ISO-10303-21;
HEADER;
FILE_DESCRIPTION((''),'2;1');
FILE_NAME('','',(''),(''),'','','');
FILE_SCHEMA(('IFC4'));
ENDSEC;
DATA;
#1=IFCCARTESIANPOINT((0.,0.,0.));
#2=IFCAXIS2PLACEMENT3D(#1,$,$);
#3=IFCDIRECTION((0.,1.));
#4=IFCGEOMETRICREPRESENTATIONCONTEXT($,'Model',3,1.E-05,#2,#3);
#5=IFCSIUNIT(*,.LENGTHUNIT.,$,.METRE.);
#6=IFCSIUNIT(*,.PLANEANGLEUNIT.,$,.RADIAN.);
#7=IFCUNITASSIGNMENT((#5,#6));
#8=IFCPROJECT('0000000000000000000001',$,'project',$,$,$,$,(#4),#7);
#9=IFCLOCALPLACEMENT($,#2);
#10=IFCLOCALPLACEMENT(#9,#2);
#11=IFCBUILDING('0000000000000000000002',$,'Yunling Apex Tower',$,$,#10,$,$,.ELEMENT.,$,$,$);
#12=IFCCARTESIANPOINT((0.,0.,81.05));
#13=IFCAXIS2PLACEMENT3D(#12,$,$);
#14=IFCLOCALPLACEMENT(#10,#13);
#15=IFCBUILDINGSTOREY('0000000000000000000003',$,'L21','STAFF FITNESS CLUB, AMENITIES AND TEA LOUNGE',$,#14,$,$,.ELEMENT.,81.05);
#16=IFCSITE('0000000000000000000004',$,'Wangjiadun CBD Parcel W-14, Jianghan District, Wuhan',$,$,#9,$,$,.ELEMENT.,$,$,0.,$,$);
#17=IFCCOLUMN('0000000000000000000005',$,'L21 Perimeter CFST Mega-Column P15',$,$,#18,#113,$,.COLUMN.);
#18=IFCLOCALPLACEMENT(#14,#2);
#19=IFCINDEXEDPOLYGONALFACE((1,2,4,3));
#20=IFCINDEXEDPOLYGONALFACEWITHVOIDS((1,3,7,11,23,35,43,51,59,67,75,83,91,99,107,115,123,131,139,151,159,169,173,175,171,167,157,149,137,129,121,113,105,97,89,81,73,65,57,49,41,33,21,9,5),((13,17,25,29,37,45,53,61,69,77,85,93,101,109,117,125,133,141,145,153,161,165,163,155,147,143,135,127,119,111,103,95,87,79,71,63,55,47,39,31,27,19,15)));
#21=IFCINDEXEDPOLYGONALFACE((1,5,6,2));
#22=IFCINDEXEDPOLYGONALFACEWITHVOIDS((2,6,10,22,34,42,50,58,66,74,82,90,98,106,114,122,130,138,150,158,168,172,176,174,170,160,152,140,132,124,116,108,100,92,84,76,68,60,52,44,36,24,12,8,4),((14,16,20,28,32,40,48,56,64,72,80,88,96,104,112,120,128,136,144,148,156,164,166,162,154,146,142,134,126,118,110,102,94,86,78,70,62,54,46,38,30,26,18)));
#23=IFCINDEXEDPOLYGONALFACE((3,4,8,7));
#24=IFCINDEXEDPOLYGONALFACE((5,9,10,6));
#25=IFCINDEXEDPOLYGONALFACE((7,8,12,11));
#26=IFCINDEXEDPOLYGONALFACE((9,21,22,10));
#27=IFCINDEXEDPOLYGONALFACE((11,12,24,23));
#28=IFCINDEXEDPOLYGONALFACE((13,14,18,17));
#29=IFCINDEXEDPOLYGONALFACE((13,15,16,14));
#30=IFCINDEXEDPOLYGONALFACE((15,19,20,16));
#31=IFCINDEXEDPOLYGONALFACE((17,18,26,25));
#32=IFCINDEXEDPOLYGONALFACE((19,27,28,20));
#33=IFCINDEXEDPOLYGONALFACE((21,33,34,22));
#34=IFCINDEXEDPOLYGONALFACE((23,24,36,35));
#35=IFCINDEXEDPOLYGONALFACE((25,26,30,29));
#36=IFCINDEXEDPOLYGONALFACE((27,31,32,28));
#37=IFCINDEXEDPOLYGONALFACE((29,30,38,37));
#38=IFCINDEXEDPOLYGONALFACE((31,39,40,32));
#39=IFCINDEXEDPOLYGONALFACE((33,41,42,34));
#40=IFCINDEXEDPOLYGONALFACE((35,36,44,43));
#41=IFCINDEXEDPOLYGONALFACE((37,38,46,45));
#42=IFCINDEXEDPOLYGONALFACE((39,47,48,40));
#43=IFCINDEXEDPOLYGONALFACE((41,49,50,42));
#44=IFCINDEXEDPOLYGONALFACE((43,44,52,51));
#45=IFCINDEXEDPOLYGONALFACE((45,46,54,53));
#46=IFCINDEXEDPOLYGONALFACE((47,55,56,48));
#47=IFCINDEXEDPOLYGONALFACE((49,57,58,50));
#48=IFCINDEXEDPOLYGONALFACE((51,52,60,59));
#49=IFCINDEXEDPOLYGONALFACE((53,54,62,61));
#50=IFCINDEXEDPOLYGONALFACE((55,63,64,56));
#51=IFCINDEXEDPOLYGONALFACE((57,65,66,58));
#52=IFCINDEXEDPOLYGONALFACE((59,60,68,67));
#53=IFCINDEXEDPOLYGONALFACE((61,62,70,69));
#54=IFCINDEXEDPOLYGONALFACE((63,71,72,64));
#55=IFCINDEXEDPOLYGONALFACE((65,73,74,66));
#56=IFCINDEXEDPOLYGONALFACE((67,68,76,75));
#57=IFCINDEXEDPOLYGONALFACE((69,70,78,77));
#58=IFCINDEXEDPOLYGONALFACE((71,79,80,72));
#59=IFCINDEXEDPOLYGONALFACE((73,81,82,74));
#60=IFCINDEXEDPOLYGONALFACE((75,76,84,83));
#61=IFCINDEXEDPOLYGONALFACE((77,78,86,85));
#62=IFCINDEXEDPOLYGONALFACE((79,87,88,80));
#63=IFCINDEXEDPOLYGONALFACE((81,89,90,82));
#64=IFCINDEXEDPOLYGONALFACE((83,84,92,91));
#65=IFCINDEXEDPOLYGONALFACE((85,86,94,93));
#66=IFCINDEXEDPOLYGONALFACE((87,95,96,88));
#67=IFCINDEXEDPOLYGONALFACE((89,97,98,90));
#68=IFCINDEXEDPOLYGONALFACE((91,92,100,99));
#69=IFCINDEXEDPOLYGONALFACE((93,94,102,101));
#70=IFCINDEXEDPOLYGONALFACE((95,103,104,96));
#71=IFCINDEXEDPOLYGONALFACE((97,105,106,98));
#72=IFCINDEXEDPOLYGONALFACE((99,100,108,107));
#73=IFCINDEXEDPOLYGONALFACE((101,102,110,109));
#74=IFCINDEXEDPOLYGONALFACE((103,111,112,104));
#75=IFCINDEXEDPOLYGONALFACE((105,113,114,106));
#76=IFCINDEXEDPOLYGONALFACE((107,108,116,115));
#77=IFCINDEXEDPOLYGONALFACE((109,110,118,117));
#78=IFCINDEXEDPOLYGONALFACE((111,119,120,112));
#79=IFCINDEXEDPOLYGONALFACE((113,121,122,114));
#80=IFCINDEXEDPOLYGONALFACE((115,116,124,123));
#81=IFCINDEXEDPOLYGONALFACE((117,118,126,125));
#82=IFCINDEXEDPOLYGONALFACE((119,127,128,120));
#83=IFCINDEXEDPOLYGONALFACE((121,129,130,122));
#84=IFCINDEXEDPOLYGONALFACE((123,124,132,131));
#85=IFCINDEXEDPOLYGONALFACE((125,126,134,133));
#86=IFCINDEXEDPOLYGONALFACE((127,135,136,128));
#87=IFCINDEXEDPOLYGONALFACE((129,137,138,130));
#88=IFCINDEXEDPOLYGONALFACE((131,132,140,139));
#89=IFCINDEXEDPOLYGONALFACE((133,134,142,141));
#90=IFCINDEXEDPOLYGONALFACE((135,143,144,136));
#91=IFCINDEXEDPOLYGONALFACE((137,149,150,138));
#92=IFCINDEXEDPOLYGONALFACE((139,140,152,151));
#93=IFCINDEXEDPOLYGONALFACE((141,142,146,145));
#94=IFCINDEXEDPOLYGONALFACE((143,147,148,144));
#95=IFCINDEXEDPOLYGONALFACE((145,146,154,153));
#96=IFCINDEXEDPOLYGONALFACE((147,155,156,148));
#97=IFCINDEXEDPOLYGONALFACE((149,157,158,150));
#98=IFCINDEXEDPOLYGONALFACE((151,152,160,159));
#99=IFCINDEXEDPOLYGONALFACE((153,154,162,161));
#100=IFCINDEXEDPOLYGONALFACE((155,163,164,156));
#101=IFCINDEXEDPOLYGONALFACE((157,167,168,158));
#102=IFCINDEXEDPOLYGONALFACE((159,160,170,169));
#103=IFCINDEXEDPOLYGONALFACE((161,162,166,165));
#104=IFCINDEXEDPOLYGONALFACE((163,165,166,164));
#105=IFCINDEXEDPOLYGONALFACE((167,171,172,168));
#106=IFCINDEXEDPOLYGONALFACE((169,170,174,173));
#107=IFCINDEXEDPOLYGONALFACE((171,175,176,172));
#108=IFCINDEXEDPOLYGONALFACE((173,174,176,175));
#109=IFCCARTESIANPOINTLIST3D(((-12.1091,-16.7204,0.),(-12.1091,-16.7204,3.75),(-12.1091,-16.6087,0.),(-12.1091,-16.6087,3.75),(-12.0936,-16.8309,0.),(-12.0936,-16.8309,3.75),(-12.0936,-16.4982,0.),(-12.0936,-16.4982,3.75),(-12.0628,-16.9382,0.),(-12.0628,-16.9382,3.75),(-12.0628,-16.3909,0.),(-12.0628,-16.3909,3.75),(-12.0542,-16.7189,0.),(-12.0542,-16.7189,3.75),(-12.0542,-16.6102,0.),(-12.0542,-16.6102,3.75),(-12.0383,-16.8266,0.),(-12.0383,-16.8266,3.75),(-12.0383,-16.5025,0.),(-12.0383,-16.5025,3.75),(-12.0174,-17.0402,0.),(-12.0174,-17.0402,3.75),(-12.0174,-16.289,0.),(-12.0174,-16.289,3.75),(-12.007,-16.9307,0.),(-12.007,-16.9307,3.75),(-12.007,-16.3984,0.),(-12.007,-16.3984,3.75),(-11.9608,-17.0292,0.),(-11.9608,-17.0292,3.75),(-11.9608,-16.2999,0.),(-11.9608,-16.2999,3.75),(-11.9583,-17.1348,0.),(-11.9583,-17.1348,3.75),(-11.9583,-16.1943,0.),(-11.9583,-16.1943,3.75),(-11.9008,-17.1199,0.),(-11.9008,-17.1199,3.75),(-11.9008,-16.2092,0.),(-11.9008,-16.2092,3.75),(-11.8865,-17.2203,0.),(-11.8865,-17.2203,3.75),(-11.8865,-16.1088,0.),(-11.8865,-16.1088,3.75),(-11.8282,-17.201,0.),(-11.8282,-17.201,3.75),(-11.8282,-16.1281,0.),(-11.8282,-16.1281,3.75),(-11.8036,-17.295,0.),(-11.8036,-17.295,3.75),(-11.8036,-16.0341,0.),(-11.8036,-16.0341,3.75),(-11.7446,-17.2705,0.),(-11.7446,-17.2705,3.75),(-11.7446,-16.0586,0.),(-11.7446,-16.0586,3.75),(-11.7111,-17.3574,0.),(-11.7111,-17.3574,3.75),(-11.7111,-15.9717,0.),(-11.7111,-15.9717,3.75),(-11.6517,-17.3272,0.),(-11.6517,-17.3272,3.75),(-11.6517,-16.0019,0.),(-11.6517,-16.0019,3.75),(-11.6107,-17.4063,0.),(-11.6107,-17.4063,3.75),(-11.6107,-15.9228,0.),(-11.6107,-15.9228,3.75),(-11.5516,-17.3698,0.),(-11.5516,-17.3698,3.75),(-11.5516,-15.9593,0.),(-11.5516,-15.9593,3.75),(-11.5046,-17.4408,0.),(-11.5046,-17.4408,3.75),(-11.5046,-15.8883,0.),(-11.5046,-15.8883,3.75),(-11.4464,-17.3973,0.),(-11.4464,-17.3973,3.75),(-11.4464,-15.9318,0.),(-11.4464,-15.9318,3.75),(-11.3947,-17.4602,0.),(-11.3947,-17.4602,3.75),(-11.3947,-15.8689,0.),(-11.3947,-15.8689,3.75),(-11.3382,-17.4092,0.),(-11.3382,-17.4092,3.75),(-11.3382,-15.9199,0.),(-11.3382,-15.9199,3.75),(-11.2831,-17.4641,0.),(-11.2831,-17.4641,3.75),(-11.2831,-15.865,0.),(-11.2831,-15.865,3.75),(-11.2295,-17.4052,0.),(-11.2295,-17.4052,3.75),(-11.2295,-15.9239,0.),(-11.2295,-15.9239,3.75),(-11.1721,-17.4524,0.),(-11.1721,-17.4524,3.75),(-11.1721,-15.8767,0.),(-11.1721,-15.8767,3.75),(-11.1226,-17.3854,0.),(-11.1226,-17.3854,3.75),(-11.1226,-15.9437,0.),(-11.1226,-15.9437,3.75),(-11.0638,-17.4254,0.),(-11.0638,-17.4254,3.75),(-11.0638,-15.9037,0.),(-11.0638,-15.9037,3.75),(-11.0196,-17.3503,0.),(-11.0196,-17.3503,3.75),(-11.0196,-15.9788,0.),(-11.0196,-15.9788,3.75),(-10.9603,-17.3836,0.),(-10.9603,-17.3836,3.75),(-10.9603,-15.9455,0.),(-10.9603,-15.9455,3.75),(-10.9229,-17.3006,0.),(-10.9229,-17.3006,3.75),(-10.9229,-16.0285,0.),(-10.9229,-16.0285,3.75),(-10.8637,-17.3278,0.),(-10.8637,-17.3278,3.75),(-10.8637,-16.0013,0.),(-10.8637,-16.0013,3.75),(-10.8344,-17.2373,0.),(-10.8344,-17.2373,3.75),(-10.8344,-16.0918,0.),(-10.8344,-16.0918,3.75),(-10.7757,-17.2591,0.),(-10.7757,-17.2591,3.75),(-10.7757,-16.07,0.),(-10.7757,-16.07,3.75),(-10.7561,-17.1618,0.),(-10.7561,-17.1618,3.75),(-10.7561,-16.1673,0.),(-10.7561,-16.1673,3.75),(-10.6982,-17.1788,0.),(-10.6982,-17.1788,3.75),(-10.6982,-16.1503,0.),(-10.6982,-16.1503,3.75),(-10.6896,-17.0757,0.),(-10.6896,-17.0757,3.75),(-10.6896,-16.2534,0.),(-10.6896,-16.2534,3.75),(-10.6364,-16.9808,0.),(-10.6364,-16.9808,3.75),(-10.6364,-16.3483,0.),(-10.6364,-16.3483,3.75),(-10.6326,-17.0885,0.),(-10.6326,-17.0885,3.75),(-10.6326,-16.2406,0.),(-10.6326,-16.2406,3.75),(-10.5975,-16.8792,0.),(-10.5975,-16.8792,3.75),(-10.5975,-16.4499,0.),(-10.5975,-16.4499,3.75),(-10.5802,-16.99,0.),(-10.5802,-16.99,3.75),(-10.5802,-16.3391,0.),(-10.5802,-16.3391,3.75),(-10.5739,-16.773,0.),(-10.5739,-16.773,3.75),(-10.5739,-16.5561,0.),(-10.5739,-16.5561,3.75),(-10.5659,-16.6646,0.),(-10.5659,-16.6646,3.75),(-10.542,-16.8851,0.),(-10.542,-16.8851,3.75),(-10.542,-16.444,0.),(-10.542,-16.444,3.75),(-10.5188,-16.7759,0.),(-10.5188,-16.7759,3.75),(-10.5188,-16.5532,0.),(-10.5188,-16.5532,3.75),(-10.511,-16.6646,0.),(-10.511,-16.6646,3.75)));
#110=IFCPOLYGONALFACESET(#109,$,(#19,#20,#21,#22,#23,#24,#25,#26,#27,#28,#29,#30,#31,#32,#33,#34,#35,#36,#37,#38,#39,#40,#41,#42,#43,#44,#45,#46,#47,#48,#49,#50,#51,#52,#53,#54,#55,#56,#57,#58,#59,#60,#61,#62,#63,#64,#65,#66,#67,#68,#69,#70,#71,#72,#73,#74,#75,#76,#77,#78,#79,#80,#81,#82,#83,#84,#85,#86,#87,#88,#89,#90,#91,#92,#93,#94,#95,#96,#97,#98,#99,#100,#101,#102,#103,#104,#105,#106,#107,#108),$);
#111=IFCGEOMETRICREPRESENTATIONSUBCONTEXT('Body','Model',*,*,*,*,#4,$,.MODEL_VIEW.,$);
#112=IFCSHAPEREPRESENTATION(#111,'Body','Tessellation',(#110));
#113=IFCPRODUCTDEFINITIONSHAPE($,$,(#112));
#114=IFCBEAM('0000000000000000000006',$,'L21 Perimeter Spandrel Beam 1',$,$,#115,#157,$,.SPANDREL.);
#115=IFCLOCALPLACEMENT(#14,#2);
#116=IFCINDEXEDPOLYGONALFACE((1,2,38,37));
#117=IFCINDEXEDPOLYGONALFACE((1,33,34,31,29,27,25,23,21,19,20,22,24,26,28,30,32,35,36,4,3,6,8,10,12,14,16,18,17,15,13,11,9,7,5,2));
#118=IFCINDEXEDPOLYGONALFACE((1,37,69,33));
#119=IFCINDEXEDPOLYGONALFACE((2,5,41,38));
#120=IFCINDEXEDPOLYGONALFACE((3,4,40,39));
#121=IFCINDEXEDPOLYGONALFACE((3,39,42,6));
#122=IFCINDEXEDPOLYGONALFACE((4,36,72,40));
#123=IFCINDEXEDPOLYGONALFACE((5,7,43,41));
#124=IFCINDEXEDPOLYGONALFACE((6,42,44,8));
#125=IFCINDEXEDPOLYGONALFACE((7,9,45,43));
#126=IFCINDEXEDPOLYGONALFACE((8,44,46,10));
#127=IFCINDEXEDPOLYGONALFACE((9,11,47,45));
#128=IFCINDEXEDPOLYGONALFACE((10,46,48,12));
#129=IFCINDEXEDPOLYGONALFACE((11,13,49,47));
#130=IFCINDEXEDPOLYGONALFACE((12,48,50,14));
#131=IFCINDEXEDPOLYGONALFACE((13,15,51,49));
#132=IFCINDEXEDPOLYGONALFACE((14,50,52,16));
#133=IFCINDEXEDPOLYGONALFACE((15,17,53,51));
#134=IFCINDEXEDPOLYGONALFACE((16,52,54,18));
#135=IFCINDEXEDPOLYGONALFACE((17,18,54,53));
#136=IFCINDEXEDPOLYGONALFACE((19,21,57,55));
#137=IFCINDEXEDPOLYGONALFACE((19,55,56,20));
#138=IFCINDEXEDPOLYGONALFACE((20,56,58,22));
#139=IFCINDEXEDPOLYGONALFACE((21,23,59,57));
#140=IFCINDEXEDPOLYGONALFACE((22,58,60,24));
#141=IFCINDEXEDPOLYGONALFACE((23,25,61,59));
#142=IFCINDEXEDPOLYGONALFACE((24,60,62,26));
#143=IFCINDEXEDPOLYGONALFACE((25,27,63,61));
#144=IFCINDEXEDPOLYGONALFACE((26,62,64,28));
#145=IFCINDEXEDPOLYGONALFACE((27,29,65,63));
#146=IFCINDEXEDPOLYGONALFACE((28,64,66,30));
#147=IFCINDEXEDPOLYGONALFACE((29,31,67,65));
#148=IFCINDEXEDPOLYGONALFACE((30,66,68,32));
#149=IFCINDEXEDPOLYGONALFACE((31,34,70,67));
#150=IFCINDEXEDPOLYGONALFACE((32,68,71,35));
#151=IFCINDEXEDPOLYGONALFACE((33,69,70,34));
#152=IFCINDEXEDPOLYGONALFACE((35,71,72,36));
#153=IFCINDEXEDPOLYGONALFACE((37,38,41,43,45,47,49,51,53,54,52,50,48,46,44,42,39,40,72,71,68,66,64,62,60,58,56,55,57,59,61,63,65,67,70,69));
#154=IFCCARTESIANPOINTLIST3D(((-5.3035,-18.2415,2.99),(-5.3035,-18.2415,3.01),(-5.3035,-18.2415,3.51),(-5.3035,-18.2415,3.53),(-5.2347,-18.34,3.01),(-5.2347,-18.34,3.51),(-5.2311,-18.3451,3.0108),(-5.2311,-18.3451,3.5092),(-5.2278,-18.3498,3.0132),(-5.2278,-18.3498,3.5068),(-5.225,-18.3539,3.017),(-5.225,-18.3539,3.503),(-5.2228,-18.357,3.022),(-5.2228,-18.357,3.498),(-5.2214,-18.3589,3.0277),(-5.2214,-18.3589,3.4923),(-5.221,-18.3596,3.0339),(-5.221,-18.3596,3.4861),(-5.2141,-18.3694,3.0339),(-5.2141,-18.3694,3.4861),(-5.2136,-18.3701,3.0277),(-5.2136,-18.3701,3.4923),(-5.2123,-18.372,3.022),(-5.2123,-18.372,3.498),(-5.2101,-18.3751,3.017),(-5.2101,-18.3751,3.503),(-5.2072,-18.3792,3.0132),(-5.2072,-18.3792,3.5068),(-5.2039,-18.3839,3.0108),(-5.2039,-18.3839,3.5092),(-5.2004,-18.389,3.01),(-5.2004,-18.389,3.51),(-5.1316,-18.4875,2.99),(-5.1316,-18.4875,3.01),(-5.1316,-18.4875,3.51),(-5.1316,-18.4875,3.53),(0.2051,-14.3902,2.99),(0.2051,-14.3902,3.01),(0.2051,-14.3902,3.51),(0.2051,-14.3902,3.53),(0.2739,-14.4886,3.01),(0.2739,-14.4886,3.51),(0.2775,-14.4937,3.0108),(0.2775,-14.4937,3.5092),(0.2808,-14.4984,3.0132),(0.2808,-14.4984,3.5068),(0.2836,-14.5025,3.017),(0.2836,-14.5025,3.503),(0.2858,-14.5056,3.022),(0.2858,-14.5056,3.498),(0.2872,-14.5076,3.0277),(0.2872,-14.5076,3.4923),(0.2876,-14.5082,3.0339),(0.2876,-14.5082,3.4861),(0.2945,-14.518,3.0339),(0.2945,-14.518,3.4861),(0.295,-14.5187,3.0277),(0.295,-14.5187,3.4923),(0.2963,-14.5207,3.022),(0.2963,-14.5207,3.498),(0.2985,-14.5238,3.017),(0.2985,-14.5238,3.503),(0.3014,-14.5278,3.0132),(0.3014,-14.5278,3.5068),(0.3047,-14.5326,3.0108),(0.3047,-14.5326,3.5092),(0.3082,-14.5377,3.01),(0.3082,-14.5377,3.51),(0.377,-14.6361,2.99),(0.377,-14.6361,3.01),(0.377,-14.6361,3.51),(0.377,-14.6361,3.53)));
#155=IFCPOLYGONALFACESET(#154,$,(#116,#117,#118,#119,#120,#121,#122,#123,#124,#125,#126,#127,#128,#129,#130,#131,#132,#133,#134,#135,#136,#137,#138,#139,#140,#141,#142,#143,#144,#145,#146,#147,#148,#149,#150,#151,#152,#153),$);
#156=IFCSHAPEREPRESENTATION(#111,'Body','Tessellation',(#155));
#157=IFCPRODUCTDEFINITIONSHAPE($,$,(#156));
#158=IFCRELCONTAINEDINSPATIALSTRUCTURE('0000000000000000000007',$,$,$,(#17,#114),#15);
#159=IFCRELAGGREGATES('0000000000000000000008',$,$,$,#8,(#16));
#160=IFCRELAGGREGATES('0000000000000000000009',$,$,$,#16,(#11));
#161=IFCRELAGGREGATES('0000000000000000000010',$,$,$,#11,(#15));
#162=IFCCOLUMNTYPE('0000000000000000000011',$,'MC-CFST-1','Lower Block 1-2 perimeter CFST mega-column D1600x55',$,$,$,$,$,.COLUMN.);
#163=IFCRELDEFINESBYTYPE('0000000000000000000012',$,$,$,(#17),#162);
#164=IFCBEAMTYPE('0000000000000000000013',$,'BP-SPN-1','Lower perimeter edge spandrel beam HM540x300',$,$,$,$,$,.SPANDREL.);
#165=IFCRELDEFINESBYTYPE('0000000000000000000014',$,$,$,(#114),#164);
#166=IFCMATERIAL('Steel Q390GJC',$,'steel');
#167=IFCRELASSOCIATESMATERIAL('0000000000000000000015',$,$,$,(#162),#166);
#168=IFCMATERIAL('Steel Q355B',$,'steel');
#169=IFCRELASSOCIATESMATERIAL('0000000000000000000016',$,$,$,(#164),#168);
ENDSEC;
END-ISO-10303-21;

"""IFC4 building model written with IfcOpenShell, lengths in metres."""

from ifc_helpers import new_model, si_unit, direction, frame, origin, origin_2d, place, context, subcontext, project, spatial, hollow_circle, i_section, extrude, source, transform, mapped, material, material_profile, profile_set, type_object, element, save


model = new_model("IFC4")

# Units and contexts
model_context = context("Model", 3, precision=1e-05, world=origin(), true_north=direction((0.0, 1.0)))
body_context = subcontext(model_context, "Body", "Model", "MODEL_VIEW")
ifc_project = project(units=[si_unit("LENGTHUNIT", "METRE"), si_unit("PLANEANGLEUNIT", "RADIAN")], contexts=[model_context])

# Site, building, storey
site_placement = place(None, origin())
site = spatial("IfcSite", under=ifc_project, at=site_placement, Name="Wangjiadun CBD Parcel W-14, Jianghan District, Wuhan", CompositionType="ELEMENT", RefElevation=0.0)
building_placement = place(site_placement, origin())
building = spatial("IfcBuilding", under=site, at=building_placement, Name="Yunling Apex Tower", CompositionType="ELEMENT")
storey_placement = place(building_placement, frame((0.0, 0.0, 81.05)))
storey = spatial("IfcBuildingStorey", under=building, at=storey_placement, Name="L21", Description="STAFF FITNESS CLUB, AMENITIES AND TEA LOUNGE", CompositionType="ELEMENT", Elevation=81.05)

# Column
ifc_material_1 = material(Name="Steel Q390GJC", Category="steel")
ifc_material_profile_1 = material_profile(ifc_material_1, hollow_circle(Radius=0.8, WallThickness=0.0549, at=origin_2d()))
ifc_profile_set_1 = profile_set([ifc_material_profile_1], Name="Steel Q390GJC")
column_type = type_object("IfcColumnType", Name="MC-CFST-1", Description="Lower Block 1-2 perimeter CFST mega-column D1600x55", PredefinedType="COLUMN", material=ifc_profile_set_1)
shared_shape_1 = source(origin(), body_context, "Body", "SweptSolid", [
    extrude(hollow_circle(Radius=0.8, WallThickness=0.0549, at=origin_2d()), origin(), (0.0, 0.0, 1.0), 3.75),
])
for number, where, z_axis, x_axis, name in (
    (1, (-11.311, -16.6646, 0.0), (0.0, 0.0, 1.0), (1.0, 0.0, 0.0), "L21 Perimeter CFST Mega-Column P15"),
):
    element("IfcColumn", number, at=place(storey_placement, frame(where, z_axis=z_axis, x_axis=x_axis)), inside=storey, type_object=column_type, Name=name, PredefinedType="COLUMN", context=body_context, shape_type="MappedRepresentation", body=[
        mapped(shared_shape_1, transform((0.0, 0.0, 0.0), scale=1.0)),
    ])

# Beam
ifc_material_2 = material(Name="Steel Q355B", Category="steel")
ifc_material_profile_2 = material_profile(ifc_material_2, i_section(OverallWidth=0.3, OverallDepth=0.54, WebThickness=0.012, FlangeThickness=0.02, FilletRadius=0.0239, at=origin_2d()))
ifc_profile_set_2 = profile_set([ifc_material_profile_2], Name="Steel Q355B")
beam_type_1 = type_object("IfcBeamType", Name="BP-SPN-1", Description="Lower perimeter edge spandrel beam HM540x300", PredefinedType="SPANDREL", material=ifc_profile_set_2)
shared_shape_2 = source(origin(), body_context, "Body", "SweptSolid", [
    extrude(i_section(OverallWidth=0.3, OverallDepth=0.54, WebThickness=0.012, FlangeThickness=0.02, FilletRadius=0.0239, at=origin_2d()), origin(), (0.0, 0.0, 1.0), 6.7214),
])
beam_1_placement = place(storey_placement, frame((-5.2175, -18.3645, 3.26), z_axis=(0.819558, 0.572997, 0.0), x_axis=(-0.572997, 0.819558, 0.0)))
element("IfcBeam", 2, at=beam_1_placement, inside=storey, type_object=beam_type_1, Name="L21 Perimeter Spandrel Beam 1", PredefinedType="SPANDREL", context=body_context, shape_type="MappedRepresentation", body=[
    mapped(shared_shape_2, transform((0.0, 0.0, 0.0), scale=1.0)),
])

save(model, "model.ifc")
